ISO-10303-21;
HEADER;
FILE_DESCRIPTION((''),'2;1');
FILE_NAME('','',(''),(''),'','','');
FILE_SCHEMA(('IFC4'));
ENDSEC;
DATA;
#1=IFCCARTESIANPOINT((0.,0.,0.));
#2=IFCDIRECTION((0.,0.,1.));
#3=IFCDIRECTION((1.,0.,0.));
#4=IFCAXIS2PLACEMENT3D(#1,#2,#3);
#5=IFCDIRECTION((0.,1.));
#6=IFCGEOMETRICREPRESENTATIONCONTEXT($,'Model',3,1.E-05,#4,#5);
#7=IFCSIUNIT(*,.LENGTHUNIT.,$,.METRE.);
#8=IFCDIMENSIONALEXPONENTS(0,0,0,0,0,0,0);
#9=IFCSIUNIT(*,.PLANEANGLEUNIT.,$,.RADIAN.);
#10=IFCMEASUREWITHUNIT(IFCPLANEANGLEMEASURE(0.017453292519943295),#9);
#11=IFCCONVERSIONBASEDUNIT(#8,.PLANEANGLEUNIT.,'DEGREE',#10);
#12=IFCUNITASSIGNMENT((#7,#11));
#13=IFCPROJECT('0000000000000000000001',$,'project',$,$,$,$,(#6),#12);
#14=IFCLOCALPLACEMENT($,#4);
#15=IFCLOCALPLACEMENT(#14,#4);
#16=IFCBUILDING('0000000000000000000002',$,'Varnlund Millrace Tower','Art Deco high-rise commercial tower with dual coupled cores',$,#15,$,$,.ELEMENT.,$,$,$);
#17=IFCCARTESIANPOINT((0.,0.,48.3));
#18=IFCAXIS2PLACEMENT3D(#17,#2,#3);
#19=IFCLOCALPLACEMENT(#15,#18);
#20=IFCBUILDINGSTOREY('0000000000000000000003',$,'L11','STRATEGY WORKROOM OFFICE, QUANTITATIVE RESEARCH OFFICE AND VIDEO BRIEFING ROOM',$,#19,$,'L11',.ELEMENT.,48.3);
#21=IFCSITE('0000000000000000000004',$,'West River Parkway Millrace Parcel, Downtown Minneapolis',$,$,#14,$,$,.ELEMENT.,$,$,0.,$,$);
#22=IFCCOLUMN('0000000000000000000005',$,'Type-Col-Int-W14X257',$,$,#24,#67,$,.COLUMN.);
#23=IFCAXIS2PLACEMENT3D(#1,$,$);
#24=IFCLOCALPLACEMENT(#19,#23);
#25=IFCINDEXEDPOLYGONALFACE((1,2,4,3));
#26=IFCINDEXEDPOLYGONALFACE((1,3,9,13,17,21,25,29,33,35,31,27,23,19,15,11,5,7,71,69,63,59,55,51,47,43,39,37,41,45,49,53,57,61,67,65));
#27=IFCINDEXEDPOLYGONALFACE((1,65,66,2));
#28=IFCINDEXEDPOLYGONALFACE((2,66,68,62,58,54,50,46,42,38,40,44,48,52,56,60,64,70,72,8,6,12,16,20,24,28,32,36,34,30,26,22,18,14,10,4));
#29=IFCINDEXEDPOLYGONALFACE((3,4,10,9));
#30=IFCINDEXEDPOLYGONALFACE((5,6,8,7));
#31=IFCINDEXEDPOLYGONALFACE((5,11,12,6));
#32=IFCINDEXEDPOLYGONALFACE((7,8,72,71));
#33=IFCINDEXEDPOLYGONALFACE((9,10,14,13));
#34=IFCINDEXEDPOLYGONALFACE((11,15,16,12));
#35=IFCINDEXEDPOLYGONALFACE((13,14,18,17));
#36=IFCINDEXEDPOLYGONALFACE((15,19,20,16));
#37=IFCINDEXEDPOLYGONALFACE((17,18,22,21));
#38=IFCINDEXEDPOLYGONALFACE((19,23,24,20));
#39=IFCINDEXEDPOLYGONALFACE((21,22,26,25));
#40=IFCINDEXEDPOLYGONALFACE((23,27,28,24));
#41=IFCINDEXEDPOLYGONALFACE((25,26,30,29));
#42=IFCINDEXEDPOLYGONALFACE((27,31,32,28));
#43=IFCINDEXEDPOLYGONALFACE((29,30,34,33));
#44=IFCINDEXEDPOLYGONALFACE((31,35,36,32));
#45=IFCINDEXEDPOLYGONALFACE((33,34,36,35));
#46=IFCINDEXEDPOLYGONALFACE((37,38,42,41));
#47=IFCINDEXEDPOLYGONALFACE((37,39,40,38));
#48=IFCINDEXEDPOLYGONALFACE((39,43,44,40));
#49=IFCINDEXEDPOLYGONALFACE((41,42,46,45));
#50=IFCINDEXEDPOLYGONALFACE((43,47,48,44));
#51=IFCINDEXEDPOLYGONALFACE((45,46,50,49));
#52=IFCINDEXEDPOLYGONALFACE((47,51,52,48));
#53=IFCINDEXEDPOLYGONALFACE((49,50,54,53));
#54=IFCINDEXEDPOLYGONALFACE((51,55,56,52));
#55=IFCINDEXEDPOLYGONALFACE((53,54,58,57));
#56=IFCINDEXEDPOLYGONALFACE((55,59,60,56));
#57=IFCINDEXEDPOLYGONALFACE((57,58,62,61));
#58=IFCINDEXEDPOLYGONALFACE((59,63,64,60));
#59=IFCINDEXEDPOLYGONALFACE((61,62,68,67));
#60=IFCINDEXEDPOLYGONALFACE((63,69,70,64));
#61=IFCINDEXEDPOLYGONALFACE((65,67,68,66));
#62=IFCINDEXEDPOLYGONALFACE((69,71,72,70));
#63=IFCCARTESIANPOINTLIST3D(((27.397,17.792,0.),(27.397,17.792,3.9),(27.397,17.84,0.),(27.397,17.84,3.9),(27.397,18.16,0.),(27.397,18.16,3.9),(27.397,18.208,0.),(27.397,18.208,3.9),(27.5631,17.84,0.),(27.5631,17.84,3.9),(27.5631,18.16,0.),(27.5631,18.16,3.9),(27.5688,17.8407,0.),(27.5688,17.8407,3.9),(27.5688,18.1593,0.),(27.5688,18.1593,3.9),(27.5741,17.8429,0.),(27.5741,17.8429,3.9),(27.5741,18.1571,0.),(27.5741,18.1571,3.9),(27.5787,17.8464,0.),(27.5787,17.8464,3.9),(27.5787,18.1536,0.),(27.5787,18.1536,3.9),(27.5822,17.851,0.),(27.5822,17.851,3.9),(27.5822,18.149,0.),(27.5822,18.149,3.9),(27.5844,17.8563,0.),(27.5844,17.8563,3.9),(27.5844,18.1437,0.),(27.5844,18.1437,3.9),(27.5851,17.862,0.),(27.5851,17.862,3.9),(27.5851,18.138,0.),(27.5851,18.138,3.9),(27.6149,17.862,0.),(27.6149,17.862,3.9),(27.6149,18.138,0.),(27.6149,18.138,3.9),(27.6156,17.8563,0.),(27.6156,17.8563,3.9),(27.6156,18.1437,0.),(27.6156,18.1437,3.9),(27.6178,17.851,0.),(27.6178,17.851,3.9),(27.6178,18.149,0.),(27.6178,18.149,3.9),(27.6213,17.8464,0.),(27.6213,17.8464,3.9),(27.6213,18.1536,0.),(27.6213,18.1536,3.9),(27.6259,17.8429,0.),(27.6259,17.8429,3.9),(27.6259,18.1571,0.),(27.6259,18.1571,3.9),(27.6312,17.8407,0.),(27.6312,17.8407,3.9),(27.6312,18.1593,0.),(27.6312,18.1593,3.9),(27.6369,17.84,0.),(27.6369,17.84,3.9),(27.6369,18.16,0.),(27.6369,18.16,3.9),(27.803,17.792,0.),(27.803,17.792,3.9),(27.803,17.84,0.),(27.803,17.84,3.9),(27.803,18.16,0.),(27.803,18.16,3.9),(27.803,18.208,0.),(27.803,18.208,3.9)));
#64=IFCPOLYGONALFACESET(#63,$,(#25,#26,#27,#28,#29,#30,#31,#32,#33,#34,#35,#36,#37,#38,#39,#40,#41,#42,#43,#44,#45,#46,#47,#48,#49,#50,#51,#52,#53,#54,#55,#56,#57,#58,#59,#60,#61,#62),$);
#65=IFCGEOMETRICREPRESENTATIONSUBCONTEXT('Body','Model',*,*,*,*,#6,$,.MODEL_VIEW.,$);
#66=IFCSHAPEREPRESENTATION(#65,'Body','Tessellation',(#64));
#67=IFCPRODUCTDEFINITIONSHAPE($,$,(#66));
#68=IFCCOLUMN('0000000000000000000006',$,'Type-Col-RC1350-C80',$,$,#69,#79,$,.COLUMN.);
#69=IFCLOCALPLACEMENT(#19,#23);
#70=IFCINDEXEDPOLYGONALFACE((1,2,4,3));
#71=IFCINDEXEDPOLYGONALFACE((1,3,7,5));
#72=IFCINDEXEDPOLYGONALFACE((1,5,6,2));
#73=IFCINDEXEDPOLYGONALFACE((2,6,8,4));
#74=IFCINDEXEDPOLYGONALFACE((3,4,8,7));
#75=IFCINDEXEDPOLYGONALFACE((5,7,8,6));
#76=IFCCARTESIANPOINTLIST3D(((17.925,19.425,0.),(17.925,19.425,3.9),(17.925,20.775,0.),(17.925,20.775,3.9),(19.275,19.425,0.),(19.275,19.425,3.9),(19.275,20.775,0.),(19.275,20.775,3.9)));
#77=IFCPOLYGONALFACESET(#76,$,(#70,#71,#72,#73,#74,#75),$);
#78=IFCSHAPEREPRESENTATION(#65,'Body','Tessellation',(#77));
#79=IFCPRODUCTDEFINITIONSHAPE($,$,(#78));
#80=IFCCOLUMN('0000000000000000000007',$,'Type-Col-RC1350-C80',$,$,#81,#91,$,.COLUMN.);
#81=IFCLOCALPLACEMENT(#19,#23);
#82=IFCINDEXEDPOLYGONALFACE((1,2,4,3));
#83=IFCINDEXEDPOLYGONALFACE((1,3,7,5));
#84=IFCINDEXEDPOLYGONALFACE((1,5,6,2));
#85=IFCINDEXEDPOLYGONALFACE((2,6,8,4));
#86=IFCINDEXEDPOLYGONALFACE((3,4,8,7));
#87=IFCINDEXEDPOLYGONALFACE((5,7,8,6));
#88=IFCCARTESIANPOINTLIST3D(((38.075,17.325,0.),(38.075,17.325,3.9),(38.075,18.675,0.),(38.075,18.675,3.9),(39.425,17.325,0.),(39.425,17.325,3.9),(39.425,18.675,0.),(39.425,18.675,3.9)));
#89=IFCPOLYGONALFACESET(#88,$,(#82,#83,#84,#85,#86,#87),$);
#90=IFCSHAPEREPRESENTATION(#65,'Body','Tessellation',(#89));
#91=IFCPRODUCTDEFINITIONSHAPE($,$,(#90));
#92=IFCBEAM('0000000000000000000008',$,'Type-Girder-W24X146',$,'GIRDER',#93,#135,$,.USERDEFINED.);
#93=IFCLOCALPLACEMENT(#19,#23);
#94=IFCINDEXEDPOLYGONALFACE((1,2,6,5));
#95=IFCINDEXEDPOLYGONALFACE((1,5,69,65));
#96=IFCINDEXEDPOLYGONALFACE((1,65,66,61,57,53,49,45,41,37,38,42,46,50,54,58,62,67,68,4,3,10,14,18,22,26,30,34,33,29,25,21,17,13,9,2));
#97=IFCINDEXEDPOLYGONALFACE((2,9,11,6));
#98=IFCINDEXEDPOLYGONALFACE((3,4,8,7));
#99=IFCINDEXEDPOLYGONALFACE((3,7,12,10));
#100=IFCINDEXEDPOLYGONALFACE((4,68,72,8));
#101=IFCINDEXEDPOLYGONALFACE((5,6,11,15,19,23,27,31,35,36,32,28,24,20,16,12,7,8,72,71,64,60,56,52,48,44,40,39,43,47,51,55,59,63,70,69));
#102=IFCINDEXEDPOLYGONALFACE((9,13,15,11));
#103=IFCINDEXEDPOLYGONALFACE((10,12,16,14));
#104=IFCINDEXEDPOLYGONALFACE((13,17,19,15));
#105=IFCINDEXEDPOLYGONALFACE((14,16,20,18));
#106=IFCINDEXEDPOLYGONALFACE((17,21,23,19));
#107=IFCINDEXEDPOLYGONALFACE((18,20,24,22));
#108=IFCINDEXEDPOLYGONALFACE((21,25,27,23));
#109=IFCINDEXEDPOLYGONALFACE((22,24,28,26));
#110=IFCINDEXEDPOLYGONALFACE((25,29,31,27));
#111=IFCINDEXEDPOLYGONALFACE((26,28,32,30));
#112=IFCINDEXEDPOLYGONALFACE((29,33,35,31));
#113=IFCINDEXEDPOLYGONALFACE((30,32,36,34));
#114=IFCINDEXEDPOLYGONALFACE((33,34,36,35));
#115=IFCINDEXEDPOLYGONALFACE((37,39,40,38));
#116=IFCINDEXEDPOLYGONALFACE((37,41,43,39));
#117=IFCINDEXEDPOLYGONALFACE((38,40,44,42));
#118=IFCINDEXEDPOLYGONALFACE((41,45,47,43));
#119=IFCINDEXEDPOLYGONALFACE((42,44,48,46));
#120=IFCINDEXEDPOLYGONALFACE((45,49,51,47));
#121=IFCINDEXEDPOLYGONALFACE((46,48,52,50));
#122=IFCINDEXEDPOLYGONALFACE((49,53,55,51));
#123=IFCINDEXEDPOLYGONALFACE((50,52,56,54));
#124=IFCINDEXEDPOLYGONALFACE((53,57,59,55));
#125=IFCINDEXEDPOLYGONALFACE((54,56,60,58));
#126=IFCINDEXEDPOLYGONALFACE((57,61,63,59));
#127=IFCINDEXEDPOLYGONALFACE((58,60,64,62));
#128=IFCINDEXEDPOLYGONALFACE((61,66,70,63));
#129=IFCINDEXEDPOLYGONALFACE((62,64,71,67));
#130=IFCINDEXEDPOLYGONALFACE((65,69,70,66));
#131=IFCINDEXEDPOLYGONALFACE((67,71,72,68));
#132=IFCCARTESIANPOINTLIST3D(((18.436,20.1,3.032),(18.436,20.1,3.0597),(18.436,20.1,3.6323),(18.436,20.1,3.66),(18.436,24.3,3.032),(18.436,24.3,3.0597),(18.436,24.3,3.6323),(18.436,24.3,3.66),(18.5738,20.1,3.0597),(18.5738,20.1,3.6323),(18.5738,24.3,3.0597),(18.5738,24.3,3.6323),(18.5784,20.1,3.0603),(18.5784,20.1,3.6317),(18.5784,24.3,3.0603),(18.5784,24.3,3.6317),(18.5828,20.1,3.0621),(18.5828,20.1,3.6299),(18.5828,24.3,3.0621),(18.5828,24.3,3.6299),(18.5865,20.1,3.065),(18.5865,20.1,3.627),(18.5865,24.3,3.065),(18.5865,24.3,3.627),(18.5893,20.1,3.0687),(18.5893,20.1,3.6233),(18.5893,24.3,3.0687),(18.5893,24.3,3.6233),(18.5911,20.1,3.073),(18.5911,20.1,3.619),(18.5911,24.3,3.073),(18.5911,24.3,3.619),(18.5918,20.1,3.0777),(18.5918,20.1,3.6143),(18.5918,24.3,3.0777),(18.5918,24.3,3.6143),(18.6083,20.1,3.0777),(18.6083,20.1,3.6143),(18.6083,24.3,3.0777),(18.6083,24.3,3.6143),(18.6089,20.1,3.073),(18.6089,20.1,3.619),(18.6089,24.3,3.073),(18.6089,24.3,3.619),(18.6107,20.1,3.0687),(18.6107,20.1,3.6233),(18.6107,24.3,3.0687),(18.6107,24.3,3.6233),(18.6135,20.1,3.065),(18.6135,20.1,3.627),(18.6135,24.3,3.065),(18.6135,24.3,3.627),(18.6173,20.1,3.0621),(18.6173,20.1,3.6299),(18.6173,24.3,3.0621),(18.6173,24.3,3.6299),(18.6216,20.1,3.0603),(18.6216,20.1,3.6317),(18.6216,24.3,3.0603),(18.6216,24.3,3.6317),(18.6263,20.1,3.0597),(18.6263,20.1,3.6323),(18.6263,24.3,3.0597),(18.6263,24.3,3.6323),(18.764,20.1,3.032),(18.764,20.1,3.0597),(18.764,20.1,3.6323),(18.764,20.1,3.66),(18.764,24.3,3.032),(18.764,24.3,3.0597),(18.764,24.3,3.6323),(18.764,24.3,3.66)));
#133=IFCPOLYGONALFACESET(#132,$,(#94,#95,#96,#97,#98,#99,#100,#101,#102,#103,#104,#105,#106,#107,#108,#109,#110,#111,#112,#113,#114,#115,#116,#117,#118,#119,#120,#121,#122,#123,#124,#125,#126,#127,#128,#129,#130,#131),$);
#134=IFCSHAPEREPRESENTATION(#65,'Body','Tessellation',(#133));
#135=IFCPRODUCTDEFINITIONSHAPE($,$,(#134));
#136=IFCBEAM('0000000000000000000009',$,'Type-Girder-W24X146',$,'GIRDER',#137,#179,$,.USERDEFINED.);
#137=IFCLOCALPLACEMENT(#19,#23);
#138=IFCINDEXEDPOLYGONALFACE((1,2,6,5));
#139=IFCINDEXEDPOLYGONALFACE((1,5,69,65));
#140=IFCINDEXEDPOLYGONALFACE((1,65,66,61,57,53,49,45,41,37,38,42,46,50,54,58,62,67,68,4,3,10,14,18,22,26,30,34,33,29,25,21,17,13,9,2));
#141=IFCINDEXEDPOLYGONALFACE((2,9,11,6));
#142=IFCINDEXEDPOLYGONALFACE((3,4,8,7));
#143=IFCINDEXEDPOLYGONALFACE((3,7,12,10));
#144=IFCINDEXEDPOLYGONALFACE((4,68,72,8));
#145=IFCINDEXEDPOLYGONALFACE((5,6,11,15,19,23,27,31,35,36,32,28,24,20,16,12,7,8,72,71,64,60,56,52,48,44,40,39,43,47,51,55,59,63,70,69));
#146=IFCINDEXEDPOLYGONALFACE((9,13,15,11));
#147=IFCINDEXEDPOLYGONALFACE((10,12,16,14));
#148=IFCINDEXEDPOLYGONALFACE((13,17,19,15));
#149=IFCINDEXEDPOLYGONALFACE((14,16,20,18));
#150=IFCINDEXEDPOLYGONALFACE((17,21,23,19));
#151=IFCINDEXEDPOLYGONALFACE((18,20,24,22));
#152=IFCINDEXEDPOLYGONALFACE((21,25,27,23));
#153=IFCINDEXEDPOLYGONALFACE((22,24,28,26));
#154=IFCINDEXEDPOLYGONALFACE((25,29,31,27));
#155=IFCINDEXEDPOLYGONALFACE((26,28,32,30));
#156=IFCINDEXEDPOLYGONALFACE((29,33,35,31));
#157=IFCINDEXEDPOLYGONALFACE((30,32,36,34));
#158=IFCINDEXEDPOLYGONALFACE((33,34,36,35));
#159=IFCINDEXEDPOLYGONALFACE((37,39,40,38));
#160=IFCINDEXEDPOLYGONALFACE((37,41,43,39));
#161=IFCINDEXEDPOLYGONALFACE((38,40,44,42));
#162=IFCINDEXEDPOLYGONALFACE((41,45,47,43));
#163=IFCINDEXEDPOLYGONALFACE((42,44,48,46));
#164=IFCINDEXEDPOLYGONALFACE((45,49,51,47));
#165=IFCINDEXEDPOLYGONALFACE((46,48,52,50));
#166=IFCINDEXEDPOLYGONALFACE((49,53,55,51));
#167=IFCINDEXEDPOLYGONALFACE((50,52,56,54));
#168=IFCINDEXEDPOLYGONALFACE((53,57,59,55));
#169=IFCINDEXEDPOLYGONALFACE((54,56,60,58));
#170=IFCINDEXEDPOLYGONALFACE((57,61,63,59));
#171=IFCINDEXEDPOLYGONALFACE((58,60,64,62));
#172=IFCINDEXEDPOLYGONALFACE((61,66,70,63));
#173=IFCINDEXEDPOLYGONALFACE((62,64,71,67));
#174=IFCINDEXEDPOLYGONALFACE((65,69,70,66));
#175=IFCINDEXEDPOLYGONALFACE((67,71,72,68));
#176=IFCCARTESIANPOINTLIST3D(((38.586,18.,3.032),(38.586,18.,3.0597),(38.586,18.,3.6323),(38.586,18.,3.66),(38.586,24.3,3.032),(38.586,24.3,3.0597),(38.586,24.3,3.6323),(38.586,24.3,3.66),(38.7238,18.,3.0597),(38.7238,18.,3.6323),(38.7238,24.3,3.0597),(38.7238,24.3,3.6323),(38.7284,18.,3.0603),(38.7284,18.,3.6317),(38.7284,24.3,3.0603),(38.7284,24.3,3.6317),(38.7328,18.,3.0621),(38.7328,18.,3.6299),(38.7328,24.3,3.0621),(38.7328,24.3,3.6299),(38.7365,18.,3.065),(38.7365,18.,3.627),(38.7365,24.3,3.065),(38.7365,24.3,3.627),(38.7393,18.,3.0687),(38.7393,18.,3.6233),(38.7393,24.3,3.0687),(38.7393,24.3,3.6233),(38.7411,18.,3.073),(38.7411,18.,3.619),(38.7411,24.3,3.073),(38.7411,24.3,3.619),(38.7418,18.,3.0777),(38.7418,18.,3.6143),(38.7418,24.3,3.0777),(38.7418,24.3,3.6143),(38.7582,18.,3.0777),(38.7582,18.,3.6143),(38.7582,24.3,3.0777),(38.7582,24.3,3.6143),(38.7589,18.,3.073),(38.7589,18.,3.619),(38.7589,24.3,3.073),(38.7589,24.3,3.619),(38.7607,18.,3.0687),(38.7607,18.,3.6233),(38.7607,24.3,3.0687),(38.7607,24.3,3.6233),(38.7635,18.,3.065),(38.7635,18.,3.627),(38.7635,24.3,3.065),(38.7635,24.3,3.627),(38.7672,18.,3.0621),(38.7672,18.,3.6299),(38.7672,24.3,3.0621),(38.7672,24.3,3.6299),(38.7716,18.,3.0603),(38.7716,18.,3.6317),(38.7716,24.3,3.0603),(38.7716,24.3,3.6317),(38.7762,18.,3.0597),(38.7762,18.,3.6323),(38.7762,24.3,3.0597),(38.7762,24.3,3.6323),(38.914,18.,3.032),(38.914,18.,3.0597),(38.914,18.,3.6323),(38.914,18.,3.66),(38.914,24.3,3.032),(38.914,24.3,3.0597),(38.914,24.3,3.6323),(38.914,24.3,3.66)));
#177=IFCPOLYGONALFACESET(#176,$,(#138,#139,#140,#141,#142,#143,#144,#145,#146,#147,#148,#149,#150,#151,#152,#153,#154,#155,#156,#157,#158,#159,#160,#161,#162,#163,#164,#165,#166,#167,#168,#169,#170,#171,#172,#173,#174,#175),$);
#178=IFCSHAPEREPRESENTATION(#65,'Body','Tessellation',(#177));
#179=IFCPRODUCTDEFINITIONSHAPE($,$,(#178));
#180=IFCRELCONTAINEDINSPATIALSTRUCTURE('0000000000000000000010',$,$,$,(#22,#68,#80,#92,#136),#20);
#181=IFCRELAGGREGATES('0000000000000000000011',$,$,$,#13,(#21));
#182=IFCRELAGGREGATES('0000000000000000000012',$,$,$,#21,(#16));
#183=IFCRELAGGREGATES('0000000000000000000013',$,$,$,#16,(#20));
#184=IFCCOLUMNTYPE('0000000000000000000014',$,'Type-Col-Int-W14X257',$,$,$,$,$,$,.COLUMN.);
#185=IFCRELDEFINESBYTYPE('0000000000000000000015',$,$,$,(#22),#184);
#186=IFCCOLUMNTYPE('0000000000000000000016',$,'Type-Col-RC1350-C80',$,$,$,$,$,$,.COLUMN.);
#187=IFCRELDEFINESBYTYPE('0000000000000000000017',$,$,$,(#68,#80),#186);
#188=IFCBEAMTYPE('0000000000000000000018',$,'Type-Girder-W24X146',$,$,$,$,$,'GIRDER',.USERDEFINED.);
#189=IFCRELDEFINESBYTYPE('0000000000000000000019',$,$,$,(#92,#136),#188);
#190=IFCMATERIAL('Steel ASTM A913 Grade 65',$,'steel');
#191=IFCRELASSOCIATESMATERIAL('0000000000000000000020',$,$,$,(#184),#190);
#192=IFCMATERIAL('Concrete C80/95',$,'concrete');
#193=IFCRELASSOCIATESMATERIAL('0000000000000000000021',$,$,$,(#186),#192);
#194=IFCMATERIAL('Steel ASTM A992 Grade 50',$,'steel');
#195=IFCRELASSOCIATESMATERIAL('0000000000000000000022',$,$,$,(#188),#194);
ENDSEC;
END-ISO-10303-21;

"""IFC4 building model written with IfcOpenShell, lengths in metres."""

from ifc_helpers import new_model, entity, si_unit, converted_unit, direction, frame, origin_with_axes, origin_2d_with_axis, place, context, subcontext, project, spatial, rectangle, i_section, extrude, material, material_profile, profile_set, type_object, element, save


model = new_model("IFC4")

# Units and contexts
model_context = context("Model", 3, precision=1e-05, world=origin_with_axes(), true_north=direction((0.0, 1.0)))
body_context = subcontext(model_context, "Body", "Model", "MODEL_VIEW")
ifc_project = project(units=[si_unit("LENGTHUNIT", "METRE"), converted_unit("PLANEANGLEUNIT", "DEGREE", entity("IfcPlaneAngleMeasure", 0.017453292519943295), si_unit("PLANEANGLEUNIT", "RADIAN"), dimensions=[0, 0, 0, 0, 0, 0, 0])], contexts=[model_context])

# Site, building, storey
site_placement = place(None, origin_with_axes())
site = spatial("IfcSite", under=ifc_project, at=site_placement, Name="West River Parkway Millrace Parcel, Downtown Minneapolis", CompositionType="ELEMENT", RefElevation=0.0)
building_placement = place(site_placement, origin_with_axes())
building = spatial("IfcBuilding", under=site, at=building_placement, Name="Varnlund Millrace Tower", Description="Art Deco high-rise commercial tower with dual coupled cores", CompositionType="ELEMENT")
storey_placement = place(building_placement, frame((0.0, 0.0, 48.3), z_axis=(0.0, 0.0, 1.0), x_axis=(1.0, 0.0, 0.0)))
storey = spatial("IfcBuildingStorey", under=building, at=storey_placement, Name="L11", Description="STRATEGY WORKROOM OFFICE, QUANTITATIVE RESEARCH OFFICE AND VIDEO BRIEFING ROOM", LongName="L11", CompositionType="ELEMENT", Elevation=48.3)

# Columns
ifc_material_1 = material(Name="Steel ASTM A913 Grade 65", Category="steel")
ifc_material_profile_1 = material_profile(ifc_material_1, i_section(OverallWidth=0.406, OverallDepth=0.416, WebThickness=0.0298, FlangeThickness=0.048, FilletRadius=0.022, at=origin_2d_with_axis()), Name="Steel ASTM A913 Grade 65")
ifc_profile_set_1 = profile_set([ifc_material_profile_1], Name="Steel ASTM A913 Grade 65")
column_type_1 = type_object("IfcColumnType", Name="Type-Col-Int-W14X257", PredefinedType="COLUMN", material=ifc_profile_set_1)
column_placement = place(storey_placement, frame((27.6, 18.0, 0.0), z_axis=(0.0, 0.0, 1.0), x_axis=(1.0, 0.0, 0.0)))
element("IfcColumn", 1, at=column_placement, inside=storey, type_object=column_type_1, Name="Type-Col-Int-W14X257", PredefinedType="COLUMN", context=body_context, shape_type="SweptSolid", body=[
    extrude(i_section(OverallWidth=0.406, OverallDepth=0.416, WebThickness=0.0298, FlangeThickness=0.048, FilletRadius=0.022, at=origin_2d_with_axis()), origin_with_axes(), (0.0, 0.0, 1.0), 3.9),
])
ifc_material_2 = material(Name="Concrete C80/95", Category="concrete")
ifc_material_profile_2 = material_profile(ifc_material_2, rectangle(XDim=1.35, YDim=1.35, at=origin_2d_with_axis()), Name="Concrete C80/95")
ifc_profile_set_2 = profile_set([ifc_material_profile_2], Name="Concrete C80/95")
column_type_2 = type_object("IfcColumnType", Name="Type-Col-RC1350-C80", PredefinedType="COLUMN", material=ifc_profile_set_2)
for number, where, z_axis, x_axis, name in (
    (2, (18.6, 20.1, 0.0), (0.0, 0.0, 1.0), (1.0, 0.0, 0.0), "Type-Col-RC1350-C80"),
    (3, (38.75, 18.0, 0.0), (0.0, 0.0, 1.0), (1.0, 0.0, 0.0), "Type-Col-RC1350-C80"),
):
    element("IfcColumn", number, at=place(storey_placement, frame(where, z_axis=z_axis, x_axis=x_axis)), inside=storey, type_object=column_type_2, Name=name, PredefinedType="COLUMN", context=body_context, shape_type="SweptSolid", body=[
        extrude(rectangle(XDim=1.35, YDim=1.35, at=origin_2d_with_axis()), origin_with_axes(), (0.0, 0.0, 1.0), 3.9),
    ])

# Beams
ifc_material_3 = material(Name="Steel ASTM A992 Grade 50", Category="steel")
ifc_material_profile_3 = material_profile(ifc_material_3, i_section(OverallWidth=0.328, OverallDepth=0.628, WebThickness=0.0165, FlangeThickness=0.0277, FilletRadius=0.018, at=origin_2d_with_axis()), Name="Steel ASTM A992 Grade 50")
ifc_profile_set_3 = profile_set([ifc_material_profile_3], Name="Steel ASTM A992 Grade 50")
beam_type_1 = type_object("IfcBeamType", Name="Type-Girder-W24X146", ElementType="GIRDER", PredefinedType="USERDEFINED", material=ifc_profile_set_3)
beam_1_placement = place(storey_placement, frame((18.6, 20.1, 3.346), z_axis=(0.0, 1.0, 0.0), x_axis=(-1.0, 0.0, 0.0)))
element("IfcBeam", 4, at=beam_1_placement, inside=storey, type_object=beam_type_1, Name="Type-Girder-W24X146", ObjectType="GIRDER", PredefinedType="USERDEFINED", context=body_context, shape_type="SweptSolid", body=[
    extrude(i_section(OverallWidth=0.328, OverallDepth=0.628, WebThickness=0.0165, FlangeThickness=0.0277, FilletRadius=0.018, at=origin_2d_with_axis()), origin_with_axes(), (0.0, 0.0, 1.0), 4.2),
])
beam_2_placement = place(storey_placement, frame((38.75, 18.0, 3.346), z_axis=(0.0, 1.0, 0.0), x_axis=(-1.0, 0.0, 0.0)))
element("IfcBeam", 5, at=beam_2_placement, inside=storey, type_object=beam_type_1, Name="Type-Girder-W24X146", ObjectType="GIRDER", PredefinedType="USERDEFINED", context=body_context, shape_type="SweptSolid", body=[
    extrude(i_section(OverallWidth=0.328, OverallDepth=0.628, WebThickness=0.0165, FlangeThickness=0.0277, FilletRadius=0.018, at=origin_2d_with_axis()), origin_with_axes(), (0.0, 0.0, 1.0), 6.3),
])

save(model, "model.ifc")
